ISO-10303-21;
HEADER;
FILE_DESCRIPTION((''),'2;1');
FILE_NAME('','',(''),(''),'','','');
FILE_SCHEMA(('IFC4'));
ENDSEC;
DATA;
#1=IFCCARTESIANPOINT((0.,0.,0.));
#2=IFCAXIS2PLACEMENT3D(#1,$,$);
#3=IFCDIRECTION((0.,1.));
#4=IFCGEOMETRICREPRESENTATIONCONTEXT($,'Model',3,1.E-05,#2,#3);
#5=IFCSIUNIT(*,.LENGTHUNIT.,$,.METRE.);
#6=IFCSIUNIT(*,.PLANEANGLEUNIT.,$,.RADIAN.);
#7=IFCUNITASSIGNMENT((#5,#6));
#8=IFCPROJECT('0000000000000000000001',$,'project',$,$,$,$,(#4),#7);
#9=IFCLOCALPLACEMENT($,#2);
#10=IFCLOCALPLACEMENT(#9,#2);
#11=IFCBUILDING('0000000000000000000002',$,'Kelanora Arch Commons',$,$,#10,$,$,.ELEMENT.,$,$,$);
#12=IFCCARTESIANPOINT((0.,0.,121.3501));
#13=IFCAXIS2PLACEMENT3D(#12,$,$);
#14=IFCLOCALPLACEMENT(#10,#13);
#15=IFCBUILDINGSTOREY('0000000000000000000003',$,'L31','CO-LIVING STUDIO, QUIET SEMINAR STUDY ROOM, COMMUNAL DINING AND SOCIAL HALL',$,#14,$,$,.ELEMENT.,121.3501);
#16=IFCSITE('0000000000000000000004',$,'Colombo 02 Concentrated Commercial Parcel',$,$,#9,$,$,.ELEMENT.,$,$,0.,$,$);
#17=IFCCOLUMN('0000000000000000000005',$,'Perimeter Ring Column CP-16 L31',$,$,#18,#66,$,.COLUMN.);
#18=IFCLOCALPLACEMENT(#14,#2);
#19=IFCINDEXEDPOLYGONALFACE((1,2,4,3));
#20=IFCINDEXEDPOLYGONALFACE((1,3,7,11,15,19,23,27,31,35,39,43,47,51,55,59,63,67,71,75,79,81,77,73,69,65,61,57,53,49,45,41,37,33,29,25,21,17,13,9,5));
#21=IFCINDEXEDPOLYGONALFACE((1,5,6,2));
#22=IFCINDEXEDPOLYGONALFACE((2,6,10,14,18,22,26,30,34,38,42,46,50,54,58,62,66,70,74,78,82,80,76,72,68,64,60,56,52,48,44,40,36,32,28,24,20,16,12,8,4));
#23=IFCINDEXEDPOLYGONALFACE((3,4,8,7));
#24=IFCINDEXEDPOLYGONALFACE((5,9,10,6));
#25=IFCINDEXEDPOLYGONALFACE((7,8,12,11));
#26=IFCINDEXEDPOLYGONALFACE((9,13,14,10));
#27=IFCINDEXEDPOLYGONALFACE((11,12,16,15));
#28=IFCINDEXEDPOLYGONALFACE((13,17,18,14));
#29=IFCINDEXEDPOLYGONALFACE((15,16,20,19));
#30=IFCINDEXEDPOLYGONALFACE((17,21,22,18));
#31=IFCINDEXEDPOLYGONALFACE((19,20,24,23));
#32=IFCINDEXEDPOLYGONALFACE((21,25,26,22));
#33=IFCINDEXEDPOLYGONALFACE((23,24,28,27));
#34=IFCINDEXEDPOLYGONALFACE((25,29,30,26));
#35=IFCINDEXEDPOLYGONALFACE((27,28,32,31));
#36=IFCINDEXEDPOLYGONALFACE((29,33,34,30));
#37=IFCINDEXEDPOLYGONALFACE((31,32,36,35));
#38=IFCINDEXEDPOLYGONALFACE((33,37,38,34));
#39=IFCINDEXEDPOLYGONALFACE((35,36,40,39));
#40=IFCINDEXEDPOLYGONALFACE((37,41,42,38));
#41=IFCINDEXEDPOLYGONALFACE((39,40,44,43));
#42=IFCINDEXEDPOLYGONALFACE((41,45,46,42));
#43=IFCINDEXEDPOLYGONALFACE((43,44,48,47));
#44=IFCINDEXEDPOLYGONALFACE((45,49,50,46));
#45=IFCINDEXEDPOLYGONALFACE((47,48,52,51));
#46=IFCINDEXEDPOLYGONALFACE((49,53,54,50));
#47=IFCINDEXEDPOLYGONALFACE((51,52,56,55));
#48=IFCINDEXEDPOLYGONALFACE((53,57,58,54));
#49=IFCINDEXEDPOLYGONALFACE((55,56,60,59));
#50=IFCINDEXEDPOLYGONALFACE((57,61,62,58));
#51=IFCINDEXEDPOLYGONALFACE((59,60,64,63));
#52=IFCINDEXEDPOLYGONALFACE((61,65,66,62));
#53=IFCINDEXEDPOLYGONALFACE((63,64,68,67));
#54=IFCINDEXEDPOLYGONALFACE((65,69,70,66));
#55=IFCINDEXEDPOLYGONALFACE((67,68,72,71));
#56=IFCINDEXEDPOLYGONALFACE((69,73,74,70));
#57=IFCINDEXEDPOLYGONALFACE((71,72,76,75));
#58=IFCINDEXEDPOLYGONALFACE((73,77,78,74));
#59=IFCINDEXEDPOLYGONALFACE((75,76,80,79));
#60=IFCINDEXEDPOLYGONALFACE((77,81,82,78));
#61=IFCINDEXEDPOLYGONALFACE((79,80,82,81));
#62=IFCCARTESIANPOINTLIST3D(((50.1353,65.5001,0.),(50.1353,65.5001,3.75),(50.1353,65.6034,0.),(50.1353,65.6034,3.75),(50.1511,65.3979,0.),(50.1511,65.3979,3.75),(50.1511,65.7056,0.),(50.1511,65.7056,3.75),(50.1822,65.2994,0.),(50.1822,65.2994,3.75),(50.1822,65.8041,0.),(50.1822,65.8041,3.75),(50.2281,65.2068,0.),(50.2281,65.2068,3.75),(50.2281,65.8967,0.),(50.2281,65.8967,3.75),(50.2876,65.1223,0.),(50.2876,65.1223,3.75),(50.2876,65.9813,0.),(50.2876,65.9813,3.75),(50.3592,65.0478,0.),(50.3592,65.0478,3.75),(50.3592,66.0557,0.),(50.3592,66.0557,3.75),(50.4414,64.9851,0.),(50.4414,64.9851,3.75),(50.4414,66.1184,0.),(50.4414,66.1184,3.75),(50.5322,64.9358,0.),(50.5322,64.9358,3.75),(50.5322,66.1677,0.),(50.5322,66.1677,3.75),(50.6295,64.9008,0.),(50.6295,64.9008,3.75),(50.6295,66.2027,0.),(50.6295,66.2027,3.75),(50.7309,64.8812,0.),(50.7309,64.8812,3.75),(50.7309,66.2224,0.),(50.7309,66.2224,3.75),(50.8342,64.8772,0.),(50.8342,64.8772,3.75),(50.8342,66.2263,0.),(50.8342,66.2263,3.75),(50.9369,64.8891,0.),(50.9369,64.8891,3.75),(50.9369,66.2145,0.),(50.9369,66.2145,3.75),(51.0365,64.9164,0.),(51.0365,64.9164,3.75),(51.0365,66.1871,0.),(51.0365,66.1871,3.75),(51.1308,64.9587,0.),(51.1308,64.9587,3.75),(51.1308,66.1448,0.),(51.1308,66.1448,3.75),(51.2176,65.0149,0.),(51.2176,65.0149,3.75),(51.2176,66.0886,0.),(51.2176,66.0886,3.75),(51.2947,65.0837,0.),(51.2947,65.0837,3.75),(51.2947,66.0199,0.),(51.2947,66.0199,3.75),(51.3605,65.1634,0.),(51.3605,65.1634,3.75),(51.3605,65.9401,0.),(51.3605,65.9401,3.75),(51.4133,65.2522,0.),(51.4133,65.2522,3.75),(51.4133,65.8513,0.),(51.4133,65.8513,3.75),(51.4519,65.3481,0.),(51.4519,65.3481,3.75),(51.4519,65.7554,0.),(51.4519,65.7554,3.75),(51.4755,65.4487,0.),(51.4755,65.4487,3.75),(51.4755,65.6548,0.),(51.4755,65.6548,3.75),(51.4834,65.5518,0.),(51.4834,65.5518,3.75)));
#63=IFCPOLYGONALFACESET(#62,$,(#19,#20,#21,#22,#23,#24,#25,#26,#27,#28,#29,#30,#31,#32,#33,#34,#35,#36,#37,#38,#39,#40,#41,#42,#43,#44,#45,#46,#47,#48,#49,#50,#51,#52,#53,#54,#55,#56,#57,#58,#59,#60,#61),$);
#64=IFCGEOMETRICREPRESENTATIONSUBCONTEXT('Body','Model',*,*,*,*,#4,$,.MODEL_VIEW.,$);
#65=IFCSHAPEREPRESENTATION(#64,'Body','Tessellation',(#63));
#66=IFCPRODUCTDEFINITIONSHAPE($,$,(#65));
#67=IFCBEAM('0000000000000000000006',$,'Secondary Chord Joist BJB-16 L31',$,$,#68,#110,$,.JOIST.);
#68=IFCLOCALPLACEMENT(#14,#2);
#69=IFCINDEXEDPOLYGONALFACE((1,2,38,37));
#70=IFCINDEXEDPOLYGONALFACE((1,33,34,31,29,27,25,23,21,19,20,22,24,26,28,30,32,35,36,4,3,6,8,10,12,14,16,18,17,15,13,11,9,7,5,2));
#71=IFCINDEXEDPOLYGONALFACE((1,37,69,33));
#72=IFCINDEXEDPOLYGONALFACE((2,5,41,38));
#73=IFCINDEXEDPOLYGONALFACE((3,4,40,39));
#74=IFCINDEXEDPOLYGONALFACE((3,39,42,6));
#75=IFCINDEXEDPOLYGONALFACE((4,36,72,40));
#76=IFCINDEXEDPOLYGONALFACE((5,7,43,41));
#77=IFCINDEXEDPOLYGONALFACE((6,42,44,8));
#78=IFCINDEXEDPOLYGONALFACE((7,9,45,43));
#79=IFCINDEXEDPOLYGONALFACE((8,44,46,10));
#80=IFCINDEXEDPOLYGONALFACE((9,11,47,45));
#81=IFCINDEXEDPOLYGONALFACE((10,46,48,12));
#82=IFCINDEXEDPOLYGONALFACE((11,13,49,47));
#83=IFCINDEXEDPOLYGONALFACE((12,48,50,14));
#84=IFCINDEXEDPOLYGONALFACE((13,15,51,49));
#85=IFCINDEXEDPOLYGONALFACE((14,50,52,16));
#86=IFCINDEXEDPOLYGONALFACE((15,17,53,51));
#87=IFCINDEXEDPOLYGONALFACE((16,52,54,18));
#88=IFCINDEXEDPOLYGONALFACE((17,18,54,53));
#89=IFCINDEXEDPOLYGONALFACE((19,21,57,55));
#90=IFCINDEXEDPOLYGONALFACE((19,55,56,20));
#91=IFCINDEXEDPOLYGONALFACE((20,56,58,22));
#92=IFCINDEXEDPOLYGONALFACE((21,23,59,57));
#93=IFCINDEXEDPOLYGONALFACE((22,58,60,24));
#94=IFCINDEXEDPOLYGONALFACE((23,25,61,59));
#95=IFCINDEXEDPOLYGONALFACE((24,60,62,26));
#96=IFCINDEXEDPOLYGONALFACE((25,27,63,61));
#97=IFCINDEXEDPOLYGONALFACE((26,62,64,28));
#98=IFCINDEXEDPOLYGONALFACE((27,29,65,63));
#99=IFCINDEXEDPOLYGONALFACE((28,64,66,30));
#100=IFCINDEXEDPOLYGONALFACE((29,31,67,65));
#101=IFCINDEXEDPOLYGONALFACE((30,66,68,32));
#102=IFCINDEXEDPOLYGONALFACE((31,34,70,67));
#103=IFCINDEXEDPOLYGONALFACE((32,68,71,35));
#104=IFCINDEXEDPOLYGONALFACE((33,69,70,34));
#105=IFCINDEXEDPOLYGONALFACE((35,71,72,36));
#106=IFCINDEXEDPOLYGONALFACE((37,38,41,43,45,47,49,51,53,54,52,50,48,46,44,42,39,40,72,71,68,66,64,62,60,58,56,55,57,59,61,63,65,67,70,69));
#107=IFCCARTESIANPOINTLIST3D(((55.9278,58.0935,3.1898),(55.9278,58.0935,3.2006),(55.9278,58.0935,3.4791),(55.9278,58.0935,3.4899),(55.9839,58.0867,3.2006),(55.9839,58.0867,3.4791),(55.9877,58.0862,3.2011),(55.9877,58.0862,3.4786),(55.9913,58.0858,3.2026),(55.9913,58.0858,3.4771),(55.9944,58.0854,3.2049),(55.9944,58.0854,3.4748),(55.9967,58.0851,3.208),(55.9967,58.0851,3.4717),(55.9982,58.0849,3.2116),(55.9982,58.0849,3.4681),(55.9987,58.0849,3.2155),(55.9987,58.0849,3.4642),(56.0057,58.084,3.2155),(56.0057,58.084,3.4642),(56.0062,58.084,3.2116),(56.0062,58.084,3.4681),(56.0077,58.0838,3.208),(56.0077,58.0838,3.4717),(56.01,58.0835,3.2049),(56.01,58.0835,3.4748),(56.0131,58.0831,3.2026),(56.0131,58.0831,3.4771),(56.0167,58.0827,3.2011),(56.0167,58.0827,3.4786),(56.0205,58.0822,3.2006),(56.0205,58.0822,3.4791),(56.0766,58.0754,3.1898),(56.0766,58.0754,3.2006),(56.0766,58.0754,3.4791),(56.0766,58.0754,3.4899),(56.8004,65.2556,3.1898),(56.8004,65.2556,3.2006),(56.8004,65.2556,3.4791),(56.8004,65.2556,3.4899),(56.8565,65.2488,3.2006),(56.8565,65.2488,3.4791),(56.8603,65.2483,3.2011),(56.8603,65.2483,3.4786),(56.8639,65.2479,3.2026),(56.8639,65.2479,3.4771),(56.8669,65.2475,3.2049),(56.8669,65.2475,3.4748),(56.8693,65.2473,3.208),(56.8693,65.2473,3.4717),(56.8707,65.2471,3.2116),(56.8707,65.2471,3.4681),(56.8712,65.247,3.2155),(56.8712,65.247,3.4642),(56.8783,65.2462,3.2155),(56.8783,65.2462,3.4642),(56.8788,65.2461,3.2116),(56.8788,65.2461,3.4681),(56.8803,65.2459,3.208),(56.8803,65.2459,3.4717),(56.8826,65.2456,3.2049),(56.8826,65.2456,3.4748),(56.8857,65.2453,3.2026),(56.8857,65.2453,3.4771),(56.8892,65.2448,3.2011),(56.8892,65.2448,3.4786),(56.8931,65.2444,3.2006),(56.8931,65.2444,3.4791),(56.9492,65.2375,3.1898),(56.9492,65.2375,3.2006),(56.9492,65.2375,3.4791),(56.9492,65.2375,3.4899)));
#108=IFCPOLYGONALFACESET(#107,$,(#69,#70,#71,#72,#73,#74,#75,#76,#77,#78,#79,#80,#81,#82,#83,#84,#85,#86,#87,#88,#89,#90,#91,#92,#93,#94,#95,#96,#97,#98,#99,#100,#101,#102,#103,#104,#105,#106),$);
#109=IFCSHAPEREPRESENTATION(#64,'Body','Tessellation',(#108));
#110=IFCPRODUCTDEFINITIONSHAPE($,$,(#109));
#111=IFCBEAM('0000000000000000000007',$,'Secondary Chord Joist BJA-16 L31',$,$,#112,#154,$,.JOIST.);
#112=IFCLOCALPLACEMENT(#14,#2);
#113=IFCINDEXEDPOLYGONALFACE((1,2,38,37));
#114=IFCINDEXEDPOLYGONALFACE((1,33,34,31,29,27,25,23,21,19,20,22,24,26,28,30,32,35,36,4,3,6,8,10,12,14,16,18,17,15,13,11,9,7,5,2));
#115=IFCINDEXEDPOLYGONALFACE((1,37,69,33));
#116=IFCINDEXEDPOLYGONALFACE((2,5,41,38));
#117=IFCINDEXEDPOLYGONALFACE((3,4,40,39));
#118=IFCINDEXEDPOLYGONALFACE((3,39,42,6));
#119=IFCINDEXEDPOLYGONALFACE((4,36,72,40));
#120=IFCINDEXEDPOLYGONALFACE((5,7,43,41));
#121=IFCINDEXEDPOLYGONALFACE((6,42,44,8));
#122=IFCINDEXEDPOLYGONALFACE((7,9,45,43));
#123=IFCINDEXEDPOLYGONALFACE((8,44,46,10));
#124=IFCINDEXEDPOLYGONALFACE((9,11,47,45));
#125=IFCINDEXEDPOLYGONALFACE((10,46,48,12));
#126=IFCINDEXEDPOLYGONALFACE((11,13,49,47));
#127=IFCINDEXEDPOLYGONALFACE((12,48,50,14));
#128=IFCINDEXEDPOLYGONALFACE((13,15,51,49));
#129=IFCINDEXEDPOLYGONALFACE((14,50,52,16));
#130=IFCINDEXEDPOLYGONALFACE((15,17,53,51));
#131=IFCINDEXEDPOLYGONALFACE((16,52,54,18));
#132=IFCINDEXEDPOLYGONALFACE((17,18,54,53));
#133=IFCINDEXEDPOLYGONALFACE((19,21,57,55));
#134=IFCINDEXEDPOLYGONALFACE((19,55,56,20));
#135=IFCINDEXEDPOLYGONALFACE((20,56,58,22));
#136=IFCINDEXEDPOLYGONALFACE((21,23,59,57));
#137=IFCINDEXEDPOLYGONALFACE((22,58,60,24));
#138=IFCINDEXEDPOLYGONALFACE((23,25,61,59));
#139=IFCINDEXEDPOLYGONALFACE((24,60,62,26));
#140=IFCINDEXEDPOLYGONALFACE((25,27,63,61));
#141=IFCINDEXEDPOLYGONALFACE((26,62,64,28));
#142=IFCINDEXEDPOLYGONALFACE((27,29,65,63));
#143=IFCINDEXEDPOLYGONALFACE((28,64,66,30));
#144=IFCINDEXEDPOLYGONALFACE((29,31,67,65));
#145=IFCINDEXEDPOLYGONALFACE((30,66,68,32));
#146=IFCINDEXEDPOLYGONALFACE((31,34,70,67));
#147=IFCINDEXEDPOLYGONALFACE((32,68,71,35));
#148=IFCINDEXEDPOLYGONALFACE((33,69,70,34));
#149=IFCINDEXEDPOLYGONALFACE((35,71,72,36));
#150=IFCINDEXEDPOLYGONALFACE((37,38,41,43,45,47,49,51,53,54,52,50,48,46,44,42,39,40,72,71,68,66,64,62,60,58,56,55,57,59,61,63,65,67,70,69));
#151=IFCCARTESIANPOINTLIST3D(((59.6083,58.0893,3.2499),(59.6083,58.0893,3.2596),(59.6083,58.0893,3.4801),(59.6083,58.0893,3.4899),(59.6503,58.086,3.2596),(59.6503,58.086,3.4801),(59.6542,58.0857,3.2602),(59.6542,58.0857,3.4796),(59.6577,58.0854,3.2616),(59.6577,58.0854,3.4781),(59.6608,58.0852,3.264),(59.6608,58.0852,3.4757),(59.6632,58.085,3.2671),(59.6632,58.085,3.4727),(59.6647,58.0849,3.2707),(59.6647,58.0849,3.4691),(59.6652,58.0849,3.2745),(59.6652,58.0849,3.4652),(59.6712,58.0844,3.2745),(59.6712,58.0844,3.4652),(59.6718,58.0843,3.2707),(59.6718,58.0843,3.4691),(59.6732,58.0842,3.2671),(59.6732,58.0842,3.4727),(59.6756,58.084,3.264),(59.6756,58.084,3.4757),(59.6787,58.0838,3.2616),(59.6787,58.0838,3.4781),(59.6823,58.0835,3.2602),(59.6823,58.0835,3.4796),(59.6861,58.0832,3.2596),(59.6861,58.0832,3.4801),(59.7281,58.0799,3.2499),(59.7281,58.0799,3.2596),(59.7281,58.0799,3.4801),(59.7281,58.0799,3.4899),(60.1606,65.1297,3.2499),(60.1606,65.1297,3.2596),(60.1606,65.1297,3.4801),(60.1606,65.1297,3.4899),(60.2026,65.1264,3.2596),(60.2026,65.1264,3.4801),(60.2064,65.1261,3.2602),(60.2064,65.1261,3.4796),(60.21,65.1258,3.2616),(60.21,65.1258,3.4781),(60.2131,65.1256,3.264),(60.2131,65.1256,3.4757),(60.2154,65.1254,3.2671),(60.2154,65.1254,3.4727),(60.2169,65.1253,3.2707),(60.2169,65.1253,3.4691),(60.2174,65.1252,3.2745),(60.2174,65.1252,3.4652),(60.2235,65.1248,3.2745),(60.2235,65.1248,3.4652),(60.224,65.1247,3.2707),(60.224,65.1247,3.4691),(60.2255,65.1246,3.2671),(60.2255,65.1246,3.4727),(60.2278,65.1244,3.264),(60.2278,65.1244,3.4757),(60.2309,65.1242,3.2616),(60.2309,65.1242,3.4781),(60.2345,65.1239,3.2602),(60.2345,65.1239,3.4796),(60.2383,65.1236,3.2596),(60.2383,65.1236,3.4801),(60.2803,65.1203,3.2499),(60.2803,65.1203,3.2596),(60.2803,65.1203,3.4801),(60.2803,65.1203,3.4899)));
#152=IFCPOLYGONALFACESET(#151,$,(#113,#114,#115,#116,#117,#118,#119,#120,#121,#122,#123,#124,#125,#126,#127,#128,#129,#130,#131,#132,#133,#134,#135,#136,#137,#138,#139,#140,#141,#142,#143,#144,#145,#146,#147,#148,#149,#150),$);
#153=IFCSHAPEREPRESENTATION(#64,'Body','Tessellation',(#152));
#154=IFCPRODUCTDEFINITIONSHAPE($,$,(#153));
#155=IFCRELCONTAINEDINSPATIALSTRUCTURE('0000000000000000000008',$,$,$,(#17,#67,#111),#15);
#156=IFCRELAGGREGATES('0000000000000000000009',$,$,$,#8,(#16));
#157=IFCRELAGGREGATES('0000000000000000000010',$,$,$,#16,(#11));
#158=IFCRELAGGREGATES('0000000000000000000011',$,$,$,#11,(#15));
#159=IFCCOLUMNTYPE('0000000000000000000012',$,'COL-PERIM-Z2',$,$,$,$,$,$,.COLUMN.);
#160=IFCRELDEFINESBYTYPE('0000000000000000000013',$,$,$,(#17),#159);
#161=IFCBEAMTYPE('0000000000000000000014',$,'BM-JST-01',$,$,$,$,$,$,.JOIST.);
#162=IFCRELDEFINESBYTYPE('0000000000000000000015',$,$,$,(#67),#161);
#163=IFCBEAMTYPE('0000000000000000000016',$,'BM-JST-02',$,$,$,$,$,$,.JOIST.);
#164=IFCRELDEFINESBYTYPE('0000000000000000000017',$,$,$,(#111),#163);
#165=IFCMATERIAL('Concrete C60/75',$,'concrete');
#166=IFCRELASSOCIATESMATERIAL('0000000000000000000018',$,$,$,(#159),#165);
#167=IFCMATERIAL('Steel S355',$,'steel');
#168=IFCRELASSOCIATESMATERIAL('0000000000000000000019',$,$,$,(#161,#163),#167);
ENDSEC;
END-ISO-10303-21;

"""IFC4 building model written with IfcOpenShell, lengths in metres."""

from ifc_helpers import new_model, si_unit, direction, frame, origin, origin_2d, place, context, subcontext, project, spatial, circle, i_section, extrude, material, material_profile, profile_set, type_object, element, save


model = new_model("IFC4")

# Units and contexts
model_context = context("Model", 3, precision=1e-05, world=origin(), true_north=direction((0.0, 1.0)))
body_context = subcontext(model_context, "Body", "Model", "MODEL_VIEW")
ifc_project = project(units=[si_unit("LENGTHUNIT", "METRE"), si_unit("PLANEANGLEUNIT", "RADIAN")], contexts=[model_context])

# Site, building, storey
site_placement = place(None, origin())
site = spatial("IfcSite", under=ifc_project, at=site_placement, Name="Colombo 02 Concentrated Commercial Parcel", CompositionType="ELEMENT", RefElevation=0.0)
building_placement = place(site_placement, origin())
building = spatial("IfcBuilding", under=site, at=building_placement, Name="Kelanora Arch Commons", CompositionType="ELEMENT")
storey_placement = place(building_placement, frame((0.0, 0.0, 121.3501)))
storey = spatial("IfcBuildingStorey", under=building, at=storey_placement, Name="L31", Description="CO-LIVING STUDIO, QUIET SEMINAR STUDY ROOM, COMMUNAL DINING AND SOCIAL HALL", CompositionType="ELEMENT", Elevation=121.3501)

# Column
ifc_material_1 = material(Name="Concrete C60/75", Category="concrete")
ifc_material_profile_1 = material_profile(ifc_material_1, circle(Radius=0.675, at=origin_2d()), Name="RCC1350")
ifc_profile_set_1 = profile_set([ifc_material_profile_1], Name="Concrete C60/75")
column_type = type_object("IfcColumnType", Name="COL-PERIM-Z2", PredefinedType="COLUMN", material=ifc_profile_set_1)
column_placement = place(storey_placement, frame((50.8083, 65.5518, 0.0), z_axis=(0.0, 0.0, 1.0), x_axis=(1.0, 0.0, 0.0)))
element("IfcColumn", 1, at=column_placement, inside=storey, type_object=column_type, Name="Perimeter Ring Column CP-16 L31", PredefinedType="COLUMN", context=body_context, shape_type="SweptSolid", body=[
    extrude(circle(Radius=0.675, at=origin_2d()), origin(), (0.0, 0.0, 1.0), 3.75),
])

# Beams
ifc_material_2 = material(Name="Steel S355", Category="steel")
ifc_material_profile_2 = material_profile(ifc_material_2, i_section(OverallWidth=0.1499, OverallDepth=0.3, WebThickness=0.0071, FlangeThickness=0.0107, FilletRadius=0.0149, at=origin_2d()), Name="IPE300")
ifc_profile_set_2 = profile_set([ifc_material_profile_2], Name="Steel S355")
beam_type_1 = type_object("IfcBeamType", Name="BM-JST-01", PredefinedType="JOIST", material=ifc_profile_set_2)
beam_1_placement = place(storey_placement, frame((56.8748, 65.2466, 3.3398), z_axis=(-0.120936, -0.99266, 0.0), x_axis=(0.99266, -0.120936, 0.0)))
element("IfcBeam", 2, at=beam_1_placement, inside=storey, type_object=beam_type_1, Name="Secondary Chord Joist BJB-16 L31", PredefinedType="JOIST", context=body_context, shape_type="SweptSolid", body=[
    extrude(i_section(OverallWidth=0.1499, OverallDepth=0.3, WebThickness=0.0071, FlangeThickness=0.0107, FilletRadius=0.0149, at=origin_2d()), origin(), (0.0, 0.0, 1.0), 7.2151),
])
ifc_material_profile_3 = material_profile(ifc_material_2, i_section(OverallWidth=0.1201, OverallDepth=0.24, WebThickness=0.0061, FlangeThickness=0.0098, FilletRadius=0.0149, at=origin_2d()), Name="IPE240")
ifc_profile_set_3 = profile_set([ifc_material_profile_3], Name="Steel S355")
beam_type_2 = type_object("IfcBeamType", Name="BM-JST-02", PredefinedType="JOIST", material=ifc_profile_set_3)
beam_2_placement = place(storey_placement, frame((60.2205, 65.125, 3.3699), z_axis=(-0.078201, -0.996938, 0.0), x_axis=(0.996938, -0.078201, 0.0)))
element("IfcBeam", 3, at=beam_2_placement, inside=storey, type_object=beam_type_2, Name="Secondary Chord Joist BJA-16 L31", PredefinedType="JOIST", context=body_context, shape_type="SweptSolid", body=[
    extrude(i_section(OverallWidth=0.1201, OverallDepth=0.24, WebThickness=0.0061, FlangeThickness=0.0098, FilletRadius=0.0149, at=origin_2d()), origin(), (0.0, 0.0, 1.0), 7.062),
])

save(model, "model.ifc")
